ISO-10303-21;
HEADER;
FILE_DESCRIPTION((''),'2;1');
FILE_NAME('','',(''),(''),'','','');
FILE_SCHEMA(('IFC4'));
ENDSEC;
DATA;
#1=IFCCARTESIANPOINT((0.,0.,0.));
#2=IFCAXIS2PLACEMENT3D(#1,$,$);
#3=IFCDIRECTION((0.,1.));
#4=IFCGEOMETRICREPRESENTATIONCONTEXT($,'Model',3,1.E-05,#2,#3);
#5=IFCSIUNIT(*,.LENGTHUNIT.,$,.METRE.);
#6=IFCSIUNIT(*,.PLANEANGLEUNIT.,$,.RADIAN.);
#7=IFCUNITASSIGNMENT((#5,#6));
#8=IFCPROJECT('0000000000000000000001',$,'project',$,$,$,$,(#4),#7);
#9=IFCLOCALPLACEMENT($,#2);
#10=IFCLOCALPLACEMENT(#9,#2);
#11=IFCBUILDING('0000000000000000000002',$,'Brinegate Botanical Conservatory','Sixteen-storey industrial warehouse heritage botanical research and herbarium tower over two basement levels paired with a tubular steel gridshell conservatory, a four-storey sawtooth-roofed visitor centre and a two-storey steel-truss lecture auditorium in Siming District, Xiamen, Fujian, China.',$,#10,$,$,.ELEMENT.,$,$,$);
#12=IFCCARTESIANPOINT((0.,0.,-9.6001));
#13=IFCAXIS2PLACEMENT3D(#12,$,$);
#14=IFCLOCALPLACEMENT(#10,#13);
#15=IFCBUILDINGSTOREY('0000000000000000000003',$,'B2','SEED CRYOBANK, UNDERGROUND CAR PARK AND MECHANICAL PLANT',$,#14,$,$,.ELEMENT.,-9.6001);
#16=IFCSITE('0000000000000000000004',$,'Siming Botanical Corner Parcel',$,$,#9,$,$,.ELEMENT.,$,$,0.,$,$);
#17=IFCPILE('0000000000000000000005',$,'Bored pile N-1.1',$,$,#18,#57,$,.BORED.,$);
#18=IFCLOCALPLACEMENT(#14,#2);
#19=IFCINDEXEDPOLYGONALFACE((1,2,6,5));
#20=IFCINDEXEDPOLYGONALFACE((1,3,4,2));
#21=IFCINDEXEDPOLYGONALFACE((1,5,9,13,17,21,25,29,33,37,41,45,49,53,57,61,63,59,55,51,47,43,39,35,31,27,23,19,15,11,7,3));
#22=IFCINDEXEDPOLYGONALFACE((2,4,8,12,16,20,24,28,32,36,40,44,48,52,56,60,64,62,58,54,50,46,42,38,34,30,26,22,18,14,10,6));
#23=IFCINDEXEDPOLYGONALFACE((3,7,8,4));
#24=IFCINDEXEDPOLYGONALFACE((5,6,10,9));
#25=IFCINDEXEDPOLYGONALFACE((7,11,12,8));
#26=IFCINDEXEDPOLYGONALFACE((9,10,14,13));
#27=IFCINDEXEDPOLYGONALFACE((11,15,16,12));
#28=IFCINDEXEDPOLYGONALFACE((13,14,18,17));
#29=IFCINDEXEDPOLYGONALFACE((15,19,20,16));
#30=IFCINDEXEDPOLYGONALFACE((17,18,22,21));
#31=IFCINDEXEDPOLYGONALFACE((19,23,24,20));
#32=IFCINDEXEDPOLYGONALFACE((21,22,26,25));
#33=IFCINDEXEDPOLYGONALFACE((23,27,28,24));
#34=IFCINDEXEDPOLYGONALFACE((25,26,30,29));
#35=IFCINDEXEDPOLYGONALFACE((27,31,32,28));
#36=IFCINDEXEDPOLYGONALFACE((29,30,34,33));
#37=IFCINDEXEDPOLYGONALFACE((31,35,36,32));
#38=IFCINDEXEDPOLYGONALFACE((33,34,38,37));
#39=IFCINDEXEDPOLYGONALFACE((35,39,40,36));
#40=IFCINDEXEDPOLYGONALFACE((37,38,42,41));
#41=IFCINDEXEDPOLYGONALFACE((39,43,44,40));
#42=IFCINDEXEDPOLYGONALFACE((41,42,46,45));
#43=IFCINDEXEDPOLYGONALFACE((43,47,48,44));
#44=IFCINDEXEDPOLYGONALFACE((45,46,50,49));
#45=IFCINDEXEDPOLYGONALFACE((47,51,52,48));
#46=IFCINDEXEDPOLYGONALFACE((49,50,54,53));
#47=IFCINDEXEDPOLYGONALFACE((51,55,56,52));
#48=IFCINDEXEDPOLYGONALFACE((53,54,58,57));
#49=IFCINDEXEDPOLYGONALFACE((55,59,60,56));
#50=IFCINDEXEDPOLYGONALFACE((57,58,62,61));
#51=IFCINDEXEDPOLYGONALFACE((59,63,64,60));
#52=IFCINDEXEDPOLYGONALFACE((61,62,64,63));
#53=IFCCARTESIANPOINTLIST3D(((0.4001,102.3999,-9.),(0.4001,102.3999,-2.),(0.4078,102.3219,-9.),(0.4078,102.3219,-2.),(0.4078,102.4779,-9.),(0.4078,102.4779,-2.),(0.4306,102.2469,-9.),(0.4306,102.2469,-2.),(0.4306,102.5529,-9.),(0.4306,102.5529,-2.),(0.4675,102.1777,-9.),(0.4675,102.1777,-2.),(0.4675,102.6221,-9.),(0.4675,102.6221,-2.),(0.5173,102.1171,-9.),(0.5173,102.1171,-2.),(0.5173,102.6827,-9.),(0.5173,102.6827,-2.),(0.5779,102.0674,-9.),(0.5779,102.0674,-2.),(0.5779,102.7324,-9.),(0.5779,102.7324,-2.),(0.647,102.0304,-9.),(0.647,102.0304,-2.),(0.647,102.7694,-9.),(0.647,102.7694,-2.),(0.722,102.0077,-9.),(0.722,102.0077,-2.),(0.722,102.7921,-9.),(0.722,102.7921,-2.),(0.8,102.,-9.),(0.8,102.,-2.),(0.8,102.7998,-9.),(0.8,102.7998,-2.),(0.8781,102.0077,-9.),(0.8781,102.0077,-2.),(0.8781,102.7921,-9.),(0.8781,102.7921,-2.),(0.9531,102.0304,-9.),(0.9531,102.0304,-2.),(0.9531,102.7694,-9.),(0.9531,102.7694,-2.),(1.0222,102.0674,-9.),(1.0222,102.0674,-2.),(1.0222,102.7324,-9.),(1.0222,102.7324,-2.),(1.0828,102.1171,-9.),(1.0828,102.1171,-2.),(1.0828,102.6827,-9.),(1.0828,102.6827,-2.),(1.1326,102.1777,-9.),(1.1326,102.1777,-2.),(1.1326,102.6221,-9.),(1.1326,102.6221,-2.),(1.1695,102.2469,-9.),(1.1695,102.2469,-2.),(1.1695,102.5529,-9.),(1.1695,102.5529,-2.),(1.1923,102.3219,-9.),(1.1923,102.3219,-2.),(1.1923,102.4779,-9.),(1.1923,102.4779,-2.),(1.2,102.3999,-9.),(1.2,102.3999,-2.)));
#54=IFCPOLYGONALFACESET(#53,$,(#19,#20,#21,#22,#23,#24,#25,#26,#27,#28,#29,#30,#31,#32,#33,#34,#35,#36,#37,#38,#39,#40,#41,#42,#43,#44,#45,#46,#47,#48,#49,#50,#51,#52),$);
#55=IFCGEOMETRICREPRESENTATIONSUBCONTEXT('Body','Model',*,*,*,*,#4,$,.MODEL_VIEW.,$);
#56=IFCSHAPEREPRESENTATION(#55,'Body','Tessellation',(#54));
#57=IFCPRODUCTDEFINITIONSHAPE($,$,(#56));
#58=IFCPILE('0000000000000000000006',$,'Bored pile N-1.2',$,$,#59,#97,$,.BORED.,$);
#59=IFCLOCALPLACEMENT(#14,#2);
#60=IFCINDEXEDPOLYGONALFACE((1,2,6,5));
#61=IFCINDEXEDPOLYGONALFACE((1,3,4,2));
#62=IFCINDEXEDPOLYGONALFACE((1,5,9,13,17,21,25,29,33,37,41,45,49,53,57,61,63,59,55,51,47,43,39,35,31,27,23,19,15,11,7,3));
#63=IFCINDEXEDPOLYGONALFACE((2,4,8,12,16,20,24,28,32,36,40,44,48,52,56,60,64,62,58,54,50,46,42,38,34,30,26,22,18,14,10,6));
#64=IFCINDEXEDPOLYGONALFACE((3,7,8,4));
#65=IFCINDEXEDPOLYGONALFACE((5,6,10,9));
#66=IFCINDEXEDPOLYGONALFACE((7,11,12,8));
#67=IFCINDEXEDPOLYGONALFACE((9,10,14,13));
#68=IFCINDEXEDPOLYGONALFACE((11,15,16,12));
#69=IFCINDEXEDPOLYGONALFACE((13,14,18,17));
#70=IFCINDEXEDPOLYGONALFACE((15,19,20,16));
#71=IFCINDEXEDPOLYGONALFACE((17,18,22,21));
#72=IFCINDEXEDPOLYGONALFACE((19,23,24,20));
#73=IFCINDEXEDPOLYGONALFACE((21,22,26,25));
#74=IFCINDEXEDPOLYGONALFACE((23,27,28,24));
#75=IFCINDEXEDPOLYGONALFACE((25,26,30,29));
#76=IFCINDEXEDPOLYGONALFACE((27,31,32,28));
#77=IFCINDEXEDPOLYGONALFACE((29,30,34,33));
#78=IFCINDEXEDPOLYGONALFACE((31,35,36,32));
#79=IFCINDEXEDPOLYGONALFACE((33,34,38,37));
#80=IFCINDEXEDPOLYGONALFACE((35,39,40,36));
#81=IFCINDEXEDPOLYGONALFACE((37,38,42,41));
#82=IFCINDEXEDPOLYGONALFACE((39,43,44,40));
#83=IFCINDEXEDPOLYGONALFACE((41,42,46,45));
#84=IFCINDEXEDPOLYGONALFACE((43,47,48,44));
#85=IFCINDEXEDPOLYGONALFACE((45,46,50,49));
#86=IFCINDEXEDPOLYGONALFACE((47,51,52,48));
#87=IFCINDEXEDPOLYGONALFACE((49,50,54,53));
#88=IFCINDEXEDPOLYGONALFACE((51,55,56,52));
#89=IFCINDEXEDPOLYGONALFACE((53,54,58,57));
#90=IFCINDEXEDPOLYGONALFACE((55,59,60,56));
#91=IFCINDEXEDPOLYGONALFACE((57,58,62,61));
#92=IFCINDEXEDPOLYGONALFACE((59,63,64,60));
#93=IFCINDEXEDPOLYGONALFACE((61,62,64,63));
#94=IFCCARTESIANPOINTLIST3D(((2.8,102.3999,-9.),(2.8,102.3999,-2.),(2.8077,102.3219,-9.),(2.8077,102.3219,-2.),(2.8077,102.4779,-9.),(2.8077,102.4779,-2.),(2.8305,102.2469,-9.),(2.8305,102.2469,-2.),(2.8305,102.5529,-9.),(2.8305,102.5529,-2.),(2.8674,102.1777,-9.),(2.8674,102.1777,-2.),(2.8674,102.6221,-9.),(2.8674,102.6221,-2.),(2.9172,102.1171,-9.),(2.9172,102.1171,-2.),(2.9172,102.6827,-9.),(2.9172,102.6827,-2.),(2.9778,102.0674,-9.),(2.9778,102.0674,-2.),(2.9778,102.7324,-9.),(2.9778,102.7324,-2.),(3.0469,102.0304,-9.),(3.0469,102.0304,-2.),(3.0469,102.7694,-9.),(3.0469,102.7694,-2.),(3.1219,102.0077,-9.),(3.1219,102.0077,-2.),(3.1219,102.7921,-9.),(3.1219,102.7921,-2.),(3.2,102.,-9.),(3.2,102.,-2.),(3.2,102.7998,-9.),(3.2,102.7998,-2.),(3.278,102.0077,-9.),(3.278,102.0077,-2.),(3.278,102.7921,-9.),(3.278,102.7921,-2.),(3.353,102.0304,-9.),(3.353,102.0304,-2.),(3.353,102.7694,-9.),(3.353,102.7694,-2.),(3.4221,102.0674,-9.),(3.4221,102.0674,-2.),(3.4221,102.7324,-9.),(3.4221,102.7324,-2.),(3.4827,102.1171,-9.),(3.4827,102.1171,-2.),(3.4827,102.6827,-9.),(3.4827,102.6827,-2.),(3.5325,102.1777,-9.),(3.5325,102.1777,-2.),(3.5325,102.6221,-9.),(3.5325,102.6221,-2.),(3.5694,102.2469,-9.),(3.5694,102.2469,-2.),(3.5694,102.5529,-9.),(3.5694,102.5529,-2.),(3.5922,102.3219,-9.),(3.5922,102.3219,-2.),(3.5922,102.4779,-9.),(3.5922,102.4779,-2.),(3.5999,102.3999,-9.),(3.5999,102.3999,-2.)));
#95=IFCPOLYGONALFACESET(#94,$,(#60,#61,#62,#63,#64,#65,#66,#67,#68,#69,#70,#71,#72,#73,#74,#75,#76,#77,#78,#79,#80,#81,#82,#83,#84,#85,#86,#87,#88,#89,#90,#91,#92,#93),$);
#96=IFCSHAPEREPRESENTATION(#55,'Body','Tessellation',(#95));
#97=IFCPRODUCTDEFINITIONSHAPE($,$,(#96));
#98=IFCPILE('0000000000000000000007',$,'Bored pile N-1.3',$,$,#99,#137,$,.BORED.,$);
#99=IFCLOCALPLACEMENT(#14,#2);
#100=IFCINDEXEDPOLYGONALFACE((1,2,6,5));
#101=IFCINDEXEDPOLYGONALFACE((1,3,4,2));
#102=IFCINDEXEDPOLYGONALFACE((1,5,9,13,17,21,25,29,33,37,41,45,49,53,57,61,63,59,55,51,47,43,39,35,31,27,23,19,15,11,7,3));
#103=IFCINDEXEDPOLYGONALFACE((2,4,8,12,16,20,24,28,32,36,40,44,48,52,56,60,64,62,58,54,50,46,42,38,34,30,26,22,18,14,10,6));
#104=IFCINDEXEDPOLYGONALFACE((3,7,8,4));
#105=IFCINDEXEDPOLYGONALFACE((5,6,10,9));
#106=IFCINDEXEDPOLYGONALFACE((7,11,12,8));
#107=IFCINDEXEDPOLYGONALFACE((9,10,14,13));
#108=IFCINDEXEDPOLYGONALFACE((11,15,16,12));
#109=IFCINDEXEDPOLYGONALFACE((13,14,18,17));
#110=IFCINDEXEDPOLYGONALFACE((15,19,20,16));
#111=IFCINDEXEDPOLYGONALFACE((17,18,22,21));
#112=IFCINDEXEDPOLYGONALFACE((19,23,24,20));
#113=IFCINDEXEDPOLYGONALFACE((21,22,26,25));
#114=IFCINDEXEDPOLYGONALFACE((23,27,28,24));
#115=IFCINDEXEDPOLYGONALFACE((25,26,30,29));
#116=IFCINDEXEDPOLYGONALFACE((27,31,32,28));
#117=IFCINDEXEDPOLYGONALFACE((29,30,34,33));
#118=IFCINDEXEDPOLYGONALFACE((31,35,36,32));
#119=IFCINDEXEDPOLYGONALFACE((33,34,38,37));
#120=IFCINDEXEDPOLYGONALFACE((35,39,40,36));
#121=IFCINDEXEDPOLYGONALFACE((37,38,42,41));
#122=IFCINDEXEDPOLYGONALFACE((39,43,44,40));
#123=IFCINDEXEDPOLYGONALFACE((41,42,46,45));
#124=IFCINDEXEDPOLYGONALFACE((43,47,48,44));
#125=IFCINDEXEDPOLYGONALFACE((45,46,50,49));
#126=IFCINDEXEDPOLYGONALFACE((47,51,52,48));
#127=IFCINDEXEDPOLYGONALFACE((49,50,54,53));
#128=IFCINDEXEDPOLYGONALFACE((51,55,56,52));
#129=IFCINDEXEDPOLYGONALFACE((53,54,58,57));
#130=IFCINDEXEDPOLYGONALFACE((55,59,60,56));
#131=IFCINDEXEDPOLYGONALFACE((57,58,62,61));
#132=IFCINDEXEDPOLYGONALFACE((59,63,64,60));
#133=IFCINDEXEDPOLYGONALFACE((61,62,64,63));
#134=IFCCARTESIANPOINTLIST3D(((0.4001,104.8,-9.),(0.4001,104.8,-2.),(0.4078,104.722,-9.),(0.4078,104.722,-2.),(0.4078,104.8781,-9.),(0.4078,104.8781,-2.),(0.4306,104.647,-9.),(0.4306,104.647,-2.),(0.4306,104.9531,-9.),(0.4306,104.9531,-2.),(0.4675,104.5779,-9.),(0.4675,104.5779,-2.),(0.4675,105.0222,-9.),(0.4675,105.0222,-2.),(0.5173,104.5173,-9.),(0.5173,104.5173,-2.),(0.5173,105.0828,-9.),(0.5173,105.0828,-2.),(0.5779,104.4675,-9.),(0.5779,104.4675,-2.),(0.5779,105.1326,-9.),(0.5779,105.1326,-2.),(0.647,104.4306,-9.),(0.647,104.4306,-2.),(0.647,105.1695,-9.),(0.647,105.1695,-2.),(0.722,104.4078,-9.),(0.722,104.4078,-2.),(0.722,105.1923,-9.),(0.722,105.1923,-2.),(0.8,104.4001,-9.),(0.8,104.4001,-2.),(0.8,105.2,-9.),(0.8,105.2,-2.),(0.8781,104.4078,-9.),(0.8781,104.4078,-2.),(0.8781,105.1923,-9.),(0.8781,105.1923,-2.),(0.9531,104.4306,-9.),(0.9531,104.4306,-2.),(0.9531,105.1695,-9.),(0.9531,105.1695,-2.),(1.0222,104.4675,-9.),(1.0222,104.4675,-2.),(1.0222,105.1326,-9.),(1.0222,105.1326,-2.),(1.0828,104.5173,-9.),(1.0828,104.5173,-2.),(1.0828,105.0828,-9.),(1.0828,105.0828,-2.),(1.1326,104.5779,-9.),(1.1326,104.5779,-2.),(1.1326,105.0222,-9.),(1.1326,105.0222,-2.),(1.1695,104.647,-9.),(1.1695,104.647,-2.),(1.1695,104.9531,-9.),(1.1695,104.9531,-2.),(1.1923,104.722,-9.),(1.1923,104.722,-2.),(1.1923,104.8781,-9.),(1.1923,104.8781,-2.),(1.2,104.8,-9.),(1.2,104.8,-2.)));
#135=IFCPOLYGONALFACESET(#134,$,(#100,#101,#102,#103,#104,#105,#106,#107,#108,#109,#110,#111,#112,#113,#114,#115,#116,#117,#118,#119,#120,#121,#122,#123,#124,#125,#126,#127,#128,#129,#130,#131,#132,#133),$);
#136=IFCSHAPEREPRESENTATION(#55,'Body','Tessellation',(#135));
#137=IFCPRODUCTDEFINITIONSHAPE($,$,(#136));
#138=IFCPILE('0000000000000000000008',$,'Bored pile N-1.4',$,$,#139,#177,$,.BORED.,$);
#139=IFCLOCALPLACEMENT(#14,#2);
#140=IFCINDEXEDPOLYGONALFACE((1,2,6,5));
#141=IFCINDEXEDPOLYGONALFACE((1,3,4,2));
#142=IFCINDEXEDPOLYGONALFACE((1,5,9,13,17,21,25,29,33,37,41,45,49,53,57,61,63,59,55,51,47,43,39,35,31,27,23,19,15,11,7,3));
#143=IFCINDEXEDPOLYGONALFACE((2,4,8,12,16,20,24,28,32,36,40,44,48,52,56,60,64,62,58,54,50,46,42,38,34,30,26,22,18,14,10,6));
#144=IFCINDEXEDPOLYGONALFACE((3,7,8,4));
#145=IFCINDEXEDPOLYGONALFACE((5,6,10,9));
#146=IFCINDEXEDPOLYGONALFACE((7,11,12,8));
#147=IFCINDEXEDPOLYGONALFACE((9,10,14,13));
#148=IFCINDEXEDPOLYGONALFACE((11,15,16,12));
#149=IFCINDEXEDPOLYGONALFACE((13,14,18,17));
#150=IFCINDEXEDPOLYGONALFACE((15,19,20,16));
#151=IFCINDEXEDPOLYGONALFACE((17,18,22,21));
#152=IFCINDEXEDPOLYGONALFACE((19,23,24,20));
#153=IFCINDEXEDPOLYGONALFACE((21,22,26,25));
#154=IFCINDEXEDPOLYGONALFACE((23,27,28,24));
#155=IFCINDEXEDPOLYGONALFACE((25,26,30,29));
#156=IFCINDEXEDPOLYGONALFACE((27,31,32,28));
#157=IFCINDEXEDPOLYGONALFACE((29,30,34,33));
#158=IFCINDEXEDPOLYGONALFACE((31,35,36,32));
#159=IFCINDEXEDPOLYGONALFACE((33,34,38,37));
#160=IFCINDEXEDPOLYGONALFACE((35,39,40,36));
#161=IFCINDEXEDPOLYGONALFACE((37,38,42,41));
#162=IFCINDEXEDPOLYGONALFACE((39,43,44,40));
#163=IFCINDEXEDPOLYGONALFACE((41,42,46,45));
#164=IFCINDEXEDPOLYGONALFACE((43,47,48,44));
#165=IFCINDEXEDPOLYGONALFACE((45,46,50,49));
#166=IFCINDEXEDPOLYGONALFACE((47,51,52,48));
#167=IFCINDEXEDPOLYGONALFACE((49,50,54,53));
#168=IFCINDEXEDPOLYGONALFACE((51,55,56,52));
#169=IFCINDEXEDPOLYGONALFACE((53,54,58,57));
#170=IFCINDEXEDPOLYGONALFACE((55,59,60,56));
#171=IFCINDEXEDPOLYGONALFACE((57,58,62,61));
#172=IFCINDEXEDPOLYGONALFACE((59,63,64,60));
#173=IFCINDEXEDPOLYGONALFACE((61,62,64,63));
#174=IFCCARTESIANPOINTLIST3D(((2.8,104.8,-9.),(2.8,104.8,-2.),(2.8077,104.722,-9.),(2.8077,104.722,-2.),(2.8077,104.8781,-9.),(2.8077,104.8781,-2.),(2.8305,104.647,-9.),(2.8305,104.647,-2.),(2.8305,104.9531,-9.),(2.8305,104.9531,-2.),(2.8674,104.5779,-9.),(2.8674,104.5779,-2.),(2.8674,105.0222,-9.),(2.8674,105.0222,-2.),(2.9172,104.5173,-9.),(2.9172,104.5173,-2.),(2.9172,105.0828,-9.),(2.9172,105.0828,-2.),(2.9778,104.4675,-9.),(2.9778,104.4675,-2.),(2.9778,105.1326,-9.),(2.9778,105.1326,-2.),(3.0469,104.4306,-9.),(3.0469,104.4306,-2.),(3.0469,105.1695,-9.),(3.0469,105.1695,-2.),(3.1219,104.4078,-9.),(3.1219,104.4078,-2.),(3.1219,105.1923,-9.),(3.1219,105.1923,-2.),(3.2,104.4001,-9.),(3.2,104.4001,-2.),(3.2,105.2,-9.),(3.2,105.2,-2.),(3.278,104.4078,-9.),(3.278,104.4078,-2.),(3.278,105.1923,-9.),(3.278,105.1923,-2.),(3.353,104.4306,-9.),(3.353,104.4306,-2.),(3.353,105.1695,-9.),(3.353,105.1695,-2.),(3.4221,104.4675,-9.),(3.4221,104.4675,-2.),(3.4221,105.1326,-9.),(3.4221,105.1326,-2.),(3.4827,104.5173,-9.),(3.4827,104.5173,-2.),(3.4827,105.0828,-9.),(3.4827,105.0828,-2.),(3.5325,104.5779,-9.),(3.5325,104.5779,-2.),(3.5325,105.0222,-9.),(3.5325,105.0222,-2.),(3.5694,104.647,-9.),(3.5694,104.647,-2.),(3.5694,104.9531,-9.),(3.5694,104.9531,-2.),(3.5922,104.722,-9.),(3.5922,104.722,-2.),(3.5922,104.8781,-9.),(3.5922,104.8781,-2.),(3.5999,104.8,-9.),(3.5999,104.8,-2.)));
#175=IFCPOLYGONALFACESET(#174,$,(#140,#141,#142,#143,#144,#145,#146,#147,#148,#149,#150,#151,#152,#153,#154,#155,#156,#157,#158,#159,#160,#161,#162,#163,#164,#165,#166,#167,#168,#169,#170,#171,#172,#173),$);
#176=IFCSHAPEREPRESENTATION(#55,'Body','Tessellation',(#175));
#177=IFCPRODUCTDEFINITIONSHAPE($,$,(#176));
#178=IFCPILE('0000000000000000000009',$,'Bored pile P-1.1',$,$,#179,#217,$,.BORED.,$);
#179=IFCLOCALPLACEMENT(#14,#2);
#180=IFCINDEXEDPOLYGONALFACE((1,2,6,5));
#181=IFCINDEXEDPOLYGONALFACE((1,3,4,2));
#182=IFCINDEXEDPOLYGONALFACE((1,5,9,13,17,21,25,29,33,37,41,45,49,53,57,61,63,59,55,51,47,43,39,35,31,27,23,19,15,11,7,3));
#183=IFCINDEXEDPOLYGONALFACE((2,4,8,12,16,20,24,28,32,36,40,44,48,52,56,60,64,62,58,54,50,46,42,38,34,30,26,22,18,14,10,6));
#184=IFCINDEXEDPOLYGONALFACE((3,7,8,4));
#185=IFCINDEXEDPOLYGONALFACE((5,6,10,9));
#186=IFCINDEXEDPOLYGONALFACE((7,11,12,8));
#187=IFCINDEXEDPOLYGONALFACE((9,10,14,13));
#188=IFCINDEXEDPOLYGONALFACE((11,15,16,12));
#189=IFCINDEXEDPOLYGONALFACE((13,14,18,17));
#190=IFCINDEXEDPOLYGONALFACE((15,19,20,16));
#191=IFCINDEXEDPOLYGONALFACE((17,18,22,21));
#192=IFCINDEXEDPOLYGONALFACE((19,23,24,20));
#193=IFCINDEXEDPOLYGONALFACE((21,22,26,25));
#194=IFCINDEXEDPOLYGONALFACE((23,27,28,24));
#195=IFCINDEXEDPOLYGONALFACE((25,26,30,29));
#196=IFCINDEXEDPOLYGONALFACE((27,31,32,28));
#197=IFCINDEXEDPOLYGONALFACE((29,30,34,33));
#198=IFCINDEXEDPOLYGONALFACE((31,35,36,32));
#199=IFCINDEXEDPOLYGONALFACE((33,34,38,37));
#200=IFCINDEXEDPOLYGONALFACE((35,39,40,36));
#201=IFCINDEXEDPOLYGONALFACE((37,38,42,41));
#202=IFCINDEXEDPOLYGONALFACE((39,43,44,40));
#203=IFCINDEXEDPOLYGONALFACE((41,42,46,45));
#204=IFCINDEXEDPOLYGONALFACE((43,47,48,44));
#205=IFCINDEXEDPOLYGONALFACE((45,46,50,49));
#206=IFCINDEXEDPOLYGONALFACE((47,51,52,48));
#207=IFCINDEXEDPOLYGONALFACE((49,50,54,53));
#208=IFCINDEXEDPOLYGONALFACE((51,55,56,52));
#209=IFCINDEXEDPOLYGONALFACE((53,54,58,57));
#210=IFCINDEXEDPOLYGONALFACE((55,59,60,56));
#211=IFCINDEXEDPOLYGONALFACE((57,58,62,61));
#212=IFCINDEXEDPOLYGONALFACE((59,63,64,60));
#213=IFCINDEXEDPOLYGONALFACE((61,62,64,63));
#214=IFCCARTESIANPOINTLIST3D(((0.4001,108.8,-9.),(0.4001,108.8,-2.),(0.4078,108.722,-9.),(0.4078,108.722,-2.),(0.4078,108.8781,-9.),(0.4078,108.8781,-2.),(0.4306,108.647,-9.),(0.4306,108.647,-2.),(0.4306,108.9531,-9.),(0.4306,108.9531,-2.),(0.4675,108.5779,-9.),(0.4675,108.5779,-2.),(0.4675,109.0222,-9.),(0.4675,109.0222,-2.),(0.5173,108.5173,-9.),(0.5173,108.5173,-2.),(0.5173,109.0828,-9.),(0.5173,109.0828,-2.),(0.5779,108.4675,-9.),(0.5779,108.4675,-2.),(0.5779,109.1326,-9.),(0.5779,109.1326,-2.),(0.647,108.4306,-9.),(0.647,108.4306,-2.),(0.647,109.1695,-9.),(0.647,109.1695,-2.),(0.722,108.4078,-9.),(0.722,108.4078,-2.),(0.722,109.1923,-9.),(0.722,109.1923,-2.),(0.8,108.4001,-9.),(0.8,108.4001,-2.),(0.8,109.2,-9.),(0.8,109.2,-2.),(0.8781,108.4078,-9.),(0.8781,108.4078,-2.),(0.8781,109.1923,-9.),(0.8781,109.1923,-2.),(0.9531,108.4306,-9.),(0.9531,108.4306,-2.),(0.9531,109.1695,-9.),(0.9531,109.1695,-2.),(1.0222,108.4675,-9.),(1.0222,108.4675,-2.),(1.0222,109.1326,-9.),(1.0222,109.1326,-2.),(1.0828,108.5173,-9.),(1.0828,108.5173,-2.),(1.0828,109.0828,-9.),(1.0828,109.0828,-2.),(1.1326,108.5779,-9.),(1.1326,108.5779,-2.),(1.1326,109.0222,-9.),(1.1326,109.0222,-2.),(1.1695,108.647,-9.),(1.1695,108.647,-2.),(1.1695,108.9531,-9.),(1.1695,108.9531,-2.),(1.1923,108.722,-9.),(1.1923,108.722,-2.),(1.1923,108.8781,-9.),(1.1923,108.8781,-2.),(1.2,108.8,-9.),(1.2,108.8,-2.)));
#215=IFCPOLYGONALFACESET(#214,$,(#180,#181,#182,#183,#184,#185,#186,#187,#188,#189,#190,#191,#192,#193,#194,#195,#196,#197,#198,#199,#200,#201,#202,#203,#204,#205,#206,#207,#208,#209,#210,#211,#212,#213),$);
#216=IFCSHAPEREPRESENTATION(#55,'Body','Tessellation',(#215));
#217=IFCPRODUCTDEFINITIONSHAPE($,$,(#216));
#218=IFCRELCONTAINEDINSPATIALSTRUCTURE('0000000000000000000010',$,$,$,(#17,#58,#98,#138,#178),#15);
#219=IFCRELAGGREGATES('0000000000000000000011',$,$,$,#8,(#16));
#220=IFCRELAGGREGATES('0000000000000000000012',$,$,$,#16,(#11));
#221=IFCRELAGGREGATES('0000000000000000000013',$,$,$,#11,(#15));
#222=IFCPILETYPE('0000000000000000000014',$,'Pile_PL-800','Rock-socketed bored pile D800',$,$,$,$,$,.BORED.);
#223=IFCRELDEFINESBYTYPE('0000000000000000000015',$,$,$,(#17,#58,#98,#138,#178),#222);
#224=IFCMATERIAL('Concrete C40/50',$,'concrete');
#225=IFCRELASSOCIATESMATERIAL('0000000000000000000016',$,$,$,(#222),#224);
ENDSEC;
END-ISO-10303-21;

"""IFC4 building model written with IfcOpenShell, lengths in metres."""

from ifc_helpers import new_model, si_unit, direction, frame, origin, origin_2d, place, context, subcontext, project, spatial, circle, extrude, material, material_profile, profile_set, type_object, element, save


model = new_model("IFC4")

# Units and contexts
model_context = context("Model", 3, precision=1e-05, world=origin(), true_north=direction((0.0, 1.0)))
body_context = subcontext(model_context, "Body", "Model", "MODEL_VIEW")
ifc_project = project(units=[si_unit("LENGTHUNIT", "METRE"), si_unit("PLANEANGLEUNIT", "RADIAN")], contexts=[model_context])

# Site, building, storey
site_placement = place(None, origin())
site = spatial("IfcSite", under=ifc_project, at=site_placement, Name="Siming Botanical Corner Parcel", CompositionType="ELEMENT", RefElevation=0.0)
building_placement = place(site_placement, origin())
building = spatial("IfcBuilding", under=site, at=building_placement, Name="Brinegate Botanical Conservatory", Description="Sixteen-storey industrial warehouse heritage botanical research and herbarium tower over two basement levels paired with a tubular steel gridshell conservatory, a four-storey sawtooth-roofed visitor centre and a two-storey steel-truss lecture auditorium in Siming District, Xiamen, Fujian, China.", CompositionType="ELEMENT")
storey_placement = place(building_placement, frame((0.0, 0.0, -9.6001)))
storey = spatial("IfcBuildingStorey", under=building, at=storey_placement, Name="B2", Description="SEED CRYOBANK, UNDERGROUND CAR PARK AND MECHANICAL PLANT", CompositionType="ELEMENT", Elevation=-9.6001)

# Shared definitions
ifc_material_1 = material(Name="Concrete C40/50", Category="concrete")

# Piles
ifc_material_profile_1 = material_profile(ifc_material_1, circle(Radius=0.3999, at=origin_2d()), Name="PILE D800")
ifc_profile_set_1 = profile_set([ifc_material_profile_1], Name="Concrete C40/50")
pile_type = type_object("IfcPileType", Name="Pile_PL-800", Description="Rock-socketed bored pile D800", PredefinedType="BORED", material=ifc_profile_set_1)
for number, where, z_axis, x_axis, name in (
    (1, (0.8, 102.3999, -2.0), (0.0, 0.0, -1.0), (1.0, 0.0, 0.0), "Bored pile N-1.1"),
    (2, (3.2, 102.3999, -2.0), (0.0, 0.0, -1.0), (1.0, 0.0, 0.0), "Bored pile N-1.2"),
    (3, (0.8, 104.8, -2.0), (0.0, 0.0, -1.0), (1.0, 0.0, 0.0), "Bored pile N-1.3"),
    (4, (3.2, 104.8, -2.0), (0.0, 0.0, -1.0), (1.0, 0.0, 0.0), "Bored pile N-1.4"),
    (5, (0.8, 108.8, -2.0), (0.0, 0.0, -1.0), (1.0, 0.0, 0.0), "Bored pile P-1.1"),
):
    element("IfcPile", number, at=place(storey_placement, frame(where, z_axis=z_axis, x_axis=x_axis)), inside=storey, type_object=pile_type, Name=name, PredefinedType="BORED", context=body_context, shape_type="SweptSolid", body=[
        extrude(circle(Radius=0.3999, at=origin_2d()), origin(), (0.0, 0.0, 1.0), 7.0),
    ])

save(model, "model.ifc")
